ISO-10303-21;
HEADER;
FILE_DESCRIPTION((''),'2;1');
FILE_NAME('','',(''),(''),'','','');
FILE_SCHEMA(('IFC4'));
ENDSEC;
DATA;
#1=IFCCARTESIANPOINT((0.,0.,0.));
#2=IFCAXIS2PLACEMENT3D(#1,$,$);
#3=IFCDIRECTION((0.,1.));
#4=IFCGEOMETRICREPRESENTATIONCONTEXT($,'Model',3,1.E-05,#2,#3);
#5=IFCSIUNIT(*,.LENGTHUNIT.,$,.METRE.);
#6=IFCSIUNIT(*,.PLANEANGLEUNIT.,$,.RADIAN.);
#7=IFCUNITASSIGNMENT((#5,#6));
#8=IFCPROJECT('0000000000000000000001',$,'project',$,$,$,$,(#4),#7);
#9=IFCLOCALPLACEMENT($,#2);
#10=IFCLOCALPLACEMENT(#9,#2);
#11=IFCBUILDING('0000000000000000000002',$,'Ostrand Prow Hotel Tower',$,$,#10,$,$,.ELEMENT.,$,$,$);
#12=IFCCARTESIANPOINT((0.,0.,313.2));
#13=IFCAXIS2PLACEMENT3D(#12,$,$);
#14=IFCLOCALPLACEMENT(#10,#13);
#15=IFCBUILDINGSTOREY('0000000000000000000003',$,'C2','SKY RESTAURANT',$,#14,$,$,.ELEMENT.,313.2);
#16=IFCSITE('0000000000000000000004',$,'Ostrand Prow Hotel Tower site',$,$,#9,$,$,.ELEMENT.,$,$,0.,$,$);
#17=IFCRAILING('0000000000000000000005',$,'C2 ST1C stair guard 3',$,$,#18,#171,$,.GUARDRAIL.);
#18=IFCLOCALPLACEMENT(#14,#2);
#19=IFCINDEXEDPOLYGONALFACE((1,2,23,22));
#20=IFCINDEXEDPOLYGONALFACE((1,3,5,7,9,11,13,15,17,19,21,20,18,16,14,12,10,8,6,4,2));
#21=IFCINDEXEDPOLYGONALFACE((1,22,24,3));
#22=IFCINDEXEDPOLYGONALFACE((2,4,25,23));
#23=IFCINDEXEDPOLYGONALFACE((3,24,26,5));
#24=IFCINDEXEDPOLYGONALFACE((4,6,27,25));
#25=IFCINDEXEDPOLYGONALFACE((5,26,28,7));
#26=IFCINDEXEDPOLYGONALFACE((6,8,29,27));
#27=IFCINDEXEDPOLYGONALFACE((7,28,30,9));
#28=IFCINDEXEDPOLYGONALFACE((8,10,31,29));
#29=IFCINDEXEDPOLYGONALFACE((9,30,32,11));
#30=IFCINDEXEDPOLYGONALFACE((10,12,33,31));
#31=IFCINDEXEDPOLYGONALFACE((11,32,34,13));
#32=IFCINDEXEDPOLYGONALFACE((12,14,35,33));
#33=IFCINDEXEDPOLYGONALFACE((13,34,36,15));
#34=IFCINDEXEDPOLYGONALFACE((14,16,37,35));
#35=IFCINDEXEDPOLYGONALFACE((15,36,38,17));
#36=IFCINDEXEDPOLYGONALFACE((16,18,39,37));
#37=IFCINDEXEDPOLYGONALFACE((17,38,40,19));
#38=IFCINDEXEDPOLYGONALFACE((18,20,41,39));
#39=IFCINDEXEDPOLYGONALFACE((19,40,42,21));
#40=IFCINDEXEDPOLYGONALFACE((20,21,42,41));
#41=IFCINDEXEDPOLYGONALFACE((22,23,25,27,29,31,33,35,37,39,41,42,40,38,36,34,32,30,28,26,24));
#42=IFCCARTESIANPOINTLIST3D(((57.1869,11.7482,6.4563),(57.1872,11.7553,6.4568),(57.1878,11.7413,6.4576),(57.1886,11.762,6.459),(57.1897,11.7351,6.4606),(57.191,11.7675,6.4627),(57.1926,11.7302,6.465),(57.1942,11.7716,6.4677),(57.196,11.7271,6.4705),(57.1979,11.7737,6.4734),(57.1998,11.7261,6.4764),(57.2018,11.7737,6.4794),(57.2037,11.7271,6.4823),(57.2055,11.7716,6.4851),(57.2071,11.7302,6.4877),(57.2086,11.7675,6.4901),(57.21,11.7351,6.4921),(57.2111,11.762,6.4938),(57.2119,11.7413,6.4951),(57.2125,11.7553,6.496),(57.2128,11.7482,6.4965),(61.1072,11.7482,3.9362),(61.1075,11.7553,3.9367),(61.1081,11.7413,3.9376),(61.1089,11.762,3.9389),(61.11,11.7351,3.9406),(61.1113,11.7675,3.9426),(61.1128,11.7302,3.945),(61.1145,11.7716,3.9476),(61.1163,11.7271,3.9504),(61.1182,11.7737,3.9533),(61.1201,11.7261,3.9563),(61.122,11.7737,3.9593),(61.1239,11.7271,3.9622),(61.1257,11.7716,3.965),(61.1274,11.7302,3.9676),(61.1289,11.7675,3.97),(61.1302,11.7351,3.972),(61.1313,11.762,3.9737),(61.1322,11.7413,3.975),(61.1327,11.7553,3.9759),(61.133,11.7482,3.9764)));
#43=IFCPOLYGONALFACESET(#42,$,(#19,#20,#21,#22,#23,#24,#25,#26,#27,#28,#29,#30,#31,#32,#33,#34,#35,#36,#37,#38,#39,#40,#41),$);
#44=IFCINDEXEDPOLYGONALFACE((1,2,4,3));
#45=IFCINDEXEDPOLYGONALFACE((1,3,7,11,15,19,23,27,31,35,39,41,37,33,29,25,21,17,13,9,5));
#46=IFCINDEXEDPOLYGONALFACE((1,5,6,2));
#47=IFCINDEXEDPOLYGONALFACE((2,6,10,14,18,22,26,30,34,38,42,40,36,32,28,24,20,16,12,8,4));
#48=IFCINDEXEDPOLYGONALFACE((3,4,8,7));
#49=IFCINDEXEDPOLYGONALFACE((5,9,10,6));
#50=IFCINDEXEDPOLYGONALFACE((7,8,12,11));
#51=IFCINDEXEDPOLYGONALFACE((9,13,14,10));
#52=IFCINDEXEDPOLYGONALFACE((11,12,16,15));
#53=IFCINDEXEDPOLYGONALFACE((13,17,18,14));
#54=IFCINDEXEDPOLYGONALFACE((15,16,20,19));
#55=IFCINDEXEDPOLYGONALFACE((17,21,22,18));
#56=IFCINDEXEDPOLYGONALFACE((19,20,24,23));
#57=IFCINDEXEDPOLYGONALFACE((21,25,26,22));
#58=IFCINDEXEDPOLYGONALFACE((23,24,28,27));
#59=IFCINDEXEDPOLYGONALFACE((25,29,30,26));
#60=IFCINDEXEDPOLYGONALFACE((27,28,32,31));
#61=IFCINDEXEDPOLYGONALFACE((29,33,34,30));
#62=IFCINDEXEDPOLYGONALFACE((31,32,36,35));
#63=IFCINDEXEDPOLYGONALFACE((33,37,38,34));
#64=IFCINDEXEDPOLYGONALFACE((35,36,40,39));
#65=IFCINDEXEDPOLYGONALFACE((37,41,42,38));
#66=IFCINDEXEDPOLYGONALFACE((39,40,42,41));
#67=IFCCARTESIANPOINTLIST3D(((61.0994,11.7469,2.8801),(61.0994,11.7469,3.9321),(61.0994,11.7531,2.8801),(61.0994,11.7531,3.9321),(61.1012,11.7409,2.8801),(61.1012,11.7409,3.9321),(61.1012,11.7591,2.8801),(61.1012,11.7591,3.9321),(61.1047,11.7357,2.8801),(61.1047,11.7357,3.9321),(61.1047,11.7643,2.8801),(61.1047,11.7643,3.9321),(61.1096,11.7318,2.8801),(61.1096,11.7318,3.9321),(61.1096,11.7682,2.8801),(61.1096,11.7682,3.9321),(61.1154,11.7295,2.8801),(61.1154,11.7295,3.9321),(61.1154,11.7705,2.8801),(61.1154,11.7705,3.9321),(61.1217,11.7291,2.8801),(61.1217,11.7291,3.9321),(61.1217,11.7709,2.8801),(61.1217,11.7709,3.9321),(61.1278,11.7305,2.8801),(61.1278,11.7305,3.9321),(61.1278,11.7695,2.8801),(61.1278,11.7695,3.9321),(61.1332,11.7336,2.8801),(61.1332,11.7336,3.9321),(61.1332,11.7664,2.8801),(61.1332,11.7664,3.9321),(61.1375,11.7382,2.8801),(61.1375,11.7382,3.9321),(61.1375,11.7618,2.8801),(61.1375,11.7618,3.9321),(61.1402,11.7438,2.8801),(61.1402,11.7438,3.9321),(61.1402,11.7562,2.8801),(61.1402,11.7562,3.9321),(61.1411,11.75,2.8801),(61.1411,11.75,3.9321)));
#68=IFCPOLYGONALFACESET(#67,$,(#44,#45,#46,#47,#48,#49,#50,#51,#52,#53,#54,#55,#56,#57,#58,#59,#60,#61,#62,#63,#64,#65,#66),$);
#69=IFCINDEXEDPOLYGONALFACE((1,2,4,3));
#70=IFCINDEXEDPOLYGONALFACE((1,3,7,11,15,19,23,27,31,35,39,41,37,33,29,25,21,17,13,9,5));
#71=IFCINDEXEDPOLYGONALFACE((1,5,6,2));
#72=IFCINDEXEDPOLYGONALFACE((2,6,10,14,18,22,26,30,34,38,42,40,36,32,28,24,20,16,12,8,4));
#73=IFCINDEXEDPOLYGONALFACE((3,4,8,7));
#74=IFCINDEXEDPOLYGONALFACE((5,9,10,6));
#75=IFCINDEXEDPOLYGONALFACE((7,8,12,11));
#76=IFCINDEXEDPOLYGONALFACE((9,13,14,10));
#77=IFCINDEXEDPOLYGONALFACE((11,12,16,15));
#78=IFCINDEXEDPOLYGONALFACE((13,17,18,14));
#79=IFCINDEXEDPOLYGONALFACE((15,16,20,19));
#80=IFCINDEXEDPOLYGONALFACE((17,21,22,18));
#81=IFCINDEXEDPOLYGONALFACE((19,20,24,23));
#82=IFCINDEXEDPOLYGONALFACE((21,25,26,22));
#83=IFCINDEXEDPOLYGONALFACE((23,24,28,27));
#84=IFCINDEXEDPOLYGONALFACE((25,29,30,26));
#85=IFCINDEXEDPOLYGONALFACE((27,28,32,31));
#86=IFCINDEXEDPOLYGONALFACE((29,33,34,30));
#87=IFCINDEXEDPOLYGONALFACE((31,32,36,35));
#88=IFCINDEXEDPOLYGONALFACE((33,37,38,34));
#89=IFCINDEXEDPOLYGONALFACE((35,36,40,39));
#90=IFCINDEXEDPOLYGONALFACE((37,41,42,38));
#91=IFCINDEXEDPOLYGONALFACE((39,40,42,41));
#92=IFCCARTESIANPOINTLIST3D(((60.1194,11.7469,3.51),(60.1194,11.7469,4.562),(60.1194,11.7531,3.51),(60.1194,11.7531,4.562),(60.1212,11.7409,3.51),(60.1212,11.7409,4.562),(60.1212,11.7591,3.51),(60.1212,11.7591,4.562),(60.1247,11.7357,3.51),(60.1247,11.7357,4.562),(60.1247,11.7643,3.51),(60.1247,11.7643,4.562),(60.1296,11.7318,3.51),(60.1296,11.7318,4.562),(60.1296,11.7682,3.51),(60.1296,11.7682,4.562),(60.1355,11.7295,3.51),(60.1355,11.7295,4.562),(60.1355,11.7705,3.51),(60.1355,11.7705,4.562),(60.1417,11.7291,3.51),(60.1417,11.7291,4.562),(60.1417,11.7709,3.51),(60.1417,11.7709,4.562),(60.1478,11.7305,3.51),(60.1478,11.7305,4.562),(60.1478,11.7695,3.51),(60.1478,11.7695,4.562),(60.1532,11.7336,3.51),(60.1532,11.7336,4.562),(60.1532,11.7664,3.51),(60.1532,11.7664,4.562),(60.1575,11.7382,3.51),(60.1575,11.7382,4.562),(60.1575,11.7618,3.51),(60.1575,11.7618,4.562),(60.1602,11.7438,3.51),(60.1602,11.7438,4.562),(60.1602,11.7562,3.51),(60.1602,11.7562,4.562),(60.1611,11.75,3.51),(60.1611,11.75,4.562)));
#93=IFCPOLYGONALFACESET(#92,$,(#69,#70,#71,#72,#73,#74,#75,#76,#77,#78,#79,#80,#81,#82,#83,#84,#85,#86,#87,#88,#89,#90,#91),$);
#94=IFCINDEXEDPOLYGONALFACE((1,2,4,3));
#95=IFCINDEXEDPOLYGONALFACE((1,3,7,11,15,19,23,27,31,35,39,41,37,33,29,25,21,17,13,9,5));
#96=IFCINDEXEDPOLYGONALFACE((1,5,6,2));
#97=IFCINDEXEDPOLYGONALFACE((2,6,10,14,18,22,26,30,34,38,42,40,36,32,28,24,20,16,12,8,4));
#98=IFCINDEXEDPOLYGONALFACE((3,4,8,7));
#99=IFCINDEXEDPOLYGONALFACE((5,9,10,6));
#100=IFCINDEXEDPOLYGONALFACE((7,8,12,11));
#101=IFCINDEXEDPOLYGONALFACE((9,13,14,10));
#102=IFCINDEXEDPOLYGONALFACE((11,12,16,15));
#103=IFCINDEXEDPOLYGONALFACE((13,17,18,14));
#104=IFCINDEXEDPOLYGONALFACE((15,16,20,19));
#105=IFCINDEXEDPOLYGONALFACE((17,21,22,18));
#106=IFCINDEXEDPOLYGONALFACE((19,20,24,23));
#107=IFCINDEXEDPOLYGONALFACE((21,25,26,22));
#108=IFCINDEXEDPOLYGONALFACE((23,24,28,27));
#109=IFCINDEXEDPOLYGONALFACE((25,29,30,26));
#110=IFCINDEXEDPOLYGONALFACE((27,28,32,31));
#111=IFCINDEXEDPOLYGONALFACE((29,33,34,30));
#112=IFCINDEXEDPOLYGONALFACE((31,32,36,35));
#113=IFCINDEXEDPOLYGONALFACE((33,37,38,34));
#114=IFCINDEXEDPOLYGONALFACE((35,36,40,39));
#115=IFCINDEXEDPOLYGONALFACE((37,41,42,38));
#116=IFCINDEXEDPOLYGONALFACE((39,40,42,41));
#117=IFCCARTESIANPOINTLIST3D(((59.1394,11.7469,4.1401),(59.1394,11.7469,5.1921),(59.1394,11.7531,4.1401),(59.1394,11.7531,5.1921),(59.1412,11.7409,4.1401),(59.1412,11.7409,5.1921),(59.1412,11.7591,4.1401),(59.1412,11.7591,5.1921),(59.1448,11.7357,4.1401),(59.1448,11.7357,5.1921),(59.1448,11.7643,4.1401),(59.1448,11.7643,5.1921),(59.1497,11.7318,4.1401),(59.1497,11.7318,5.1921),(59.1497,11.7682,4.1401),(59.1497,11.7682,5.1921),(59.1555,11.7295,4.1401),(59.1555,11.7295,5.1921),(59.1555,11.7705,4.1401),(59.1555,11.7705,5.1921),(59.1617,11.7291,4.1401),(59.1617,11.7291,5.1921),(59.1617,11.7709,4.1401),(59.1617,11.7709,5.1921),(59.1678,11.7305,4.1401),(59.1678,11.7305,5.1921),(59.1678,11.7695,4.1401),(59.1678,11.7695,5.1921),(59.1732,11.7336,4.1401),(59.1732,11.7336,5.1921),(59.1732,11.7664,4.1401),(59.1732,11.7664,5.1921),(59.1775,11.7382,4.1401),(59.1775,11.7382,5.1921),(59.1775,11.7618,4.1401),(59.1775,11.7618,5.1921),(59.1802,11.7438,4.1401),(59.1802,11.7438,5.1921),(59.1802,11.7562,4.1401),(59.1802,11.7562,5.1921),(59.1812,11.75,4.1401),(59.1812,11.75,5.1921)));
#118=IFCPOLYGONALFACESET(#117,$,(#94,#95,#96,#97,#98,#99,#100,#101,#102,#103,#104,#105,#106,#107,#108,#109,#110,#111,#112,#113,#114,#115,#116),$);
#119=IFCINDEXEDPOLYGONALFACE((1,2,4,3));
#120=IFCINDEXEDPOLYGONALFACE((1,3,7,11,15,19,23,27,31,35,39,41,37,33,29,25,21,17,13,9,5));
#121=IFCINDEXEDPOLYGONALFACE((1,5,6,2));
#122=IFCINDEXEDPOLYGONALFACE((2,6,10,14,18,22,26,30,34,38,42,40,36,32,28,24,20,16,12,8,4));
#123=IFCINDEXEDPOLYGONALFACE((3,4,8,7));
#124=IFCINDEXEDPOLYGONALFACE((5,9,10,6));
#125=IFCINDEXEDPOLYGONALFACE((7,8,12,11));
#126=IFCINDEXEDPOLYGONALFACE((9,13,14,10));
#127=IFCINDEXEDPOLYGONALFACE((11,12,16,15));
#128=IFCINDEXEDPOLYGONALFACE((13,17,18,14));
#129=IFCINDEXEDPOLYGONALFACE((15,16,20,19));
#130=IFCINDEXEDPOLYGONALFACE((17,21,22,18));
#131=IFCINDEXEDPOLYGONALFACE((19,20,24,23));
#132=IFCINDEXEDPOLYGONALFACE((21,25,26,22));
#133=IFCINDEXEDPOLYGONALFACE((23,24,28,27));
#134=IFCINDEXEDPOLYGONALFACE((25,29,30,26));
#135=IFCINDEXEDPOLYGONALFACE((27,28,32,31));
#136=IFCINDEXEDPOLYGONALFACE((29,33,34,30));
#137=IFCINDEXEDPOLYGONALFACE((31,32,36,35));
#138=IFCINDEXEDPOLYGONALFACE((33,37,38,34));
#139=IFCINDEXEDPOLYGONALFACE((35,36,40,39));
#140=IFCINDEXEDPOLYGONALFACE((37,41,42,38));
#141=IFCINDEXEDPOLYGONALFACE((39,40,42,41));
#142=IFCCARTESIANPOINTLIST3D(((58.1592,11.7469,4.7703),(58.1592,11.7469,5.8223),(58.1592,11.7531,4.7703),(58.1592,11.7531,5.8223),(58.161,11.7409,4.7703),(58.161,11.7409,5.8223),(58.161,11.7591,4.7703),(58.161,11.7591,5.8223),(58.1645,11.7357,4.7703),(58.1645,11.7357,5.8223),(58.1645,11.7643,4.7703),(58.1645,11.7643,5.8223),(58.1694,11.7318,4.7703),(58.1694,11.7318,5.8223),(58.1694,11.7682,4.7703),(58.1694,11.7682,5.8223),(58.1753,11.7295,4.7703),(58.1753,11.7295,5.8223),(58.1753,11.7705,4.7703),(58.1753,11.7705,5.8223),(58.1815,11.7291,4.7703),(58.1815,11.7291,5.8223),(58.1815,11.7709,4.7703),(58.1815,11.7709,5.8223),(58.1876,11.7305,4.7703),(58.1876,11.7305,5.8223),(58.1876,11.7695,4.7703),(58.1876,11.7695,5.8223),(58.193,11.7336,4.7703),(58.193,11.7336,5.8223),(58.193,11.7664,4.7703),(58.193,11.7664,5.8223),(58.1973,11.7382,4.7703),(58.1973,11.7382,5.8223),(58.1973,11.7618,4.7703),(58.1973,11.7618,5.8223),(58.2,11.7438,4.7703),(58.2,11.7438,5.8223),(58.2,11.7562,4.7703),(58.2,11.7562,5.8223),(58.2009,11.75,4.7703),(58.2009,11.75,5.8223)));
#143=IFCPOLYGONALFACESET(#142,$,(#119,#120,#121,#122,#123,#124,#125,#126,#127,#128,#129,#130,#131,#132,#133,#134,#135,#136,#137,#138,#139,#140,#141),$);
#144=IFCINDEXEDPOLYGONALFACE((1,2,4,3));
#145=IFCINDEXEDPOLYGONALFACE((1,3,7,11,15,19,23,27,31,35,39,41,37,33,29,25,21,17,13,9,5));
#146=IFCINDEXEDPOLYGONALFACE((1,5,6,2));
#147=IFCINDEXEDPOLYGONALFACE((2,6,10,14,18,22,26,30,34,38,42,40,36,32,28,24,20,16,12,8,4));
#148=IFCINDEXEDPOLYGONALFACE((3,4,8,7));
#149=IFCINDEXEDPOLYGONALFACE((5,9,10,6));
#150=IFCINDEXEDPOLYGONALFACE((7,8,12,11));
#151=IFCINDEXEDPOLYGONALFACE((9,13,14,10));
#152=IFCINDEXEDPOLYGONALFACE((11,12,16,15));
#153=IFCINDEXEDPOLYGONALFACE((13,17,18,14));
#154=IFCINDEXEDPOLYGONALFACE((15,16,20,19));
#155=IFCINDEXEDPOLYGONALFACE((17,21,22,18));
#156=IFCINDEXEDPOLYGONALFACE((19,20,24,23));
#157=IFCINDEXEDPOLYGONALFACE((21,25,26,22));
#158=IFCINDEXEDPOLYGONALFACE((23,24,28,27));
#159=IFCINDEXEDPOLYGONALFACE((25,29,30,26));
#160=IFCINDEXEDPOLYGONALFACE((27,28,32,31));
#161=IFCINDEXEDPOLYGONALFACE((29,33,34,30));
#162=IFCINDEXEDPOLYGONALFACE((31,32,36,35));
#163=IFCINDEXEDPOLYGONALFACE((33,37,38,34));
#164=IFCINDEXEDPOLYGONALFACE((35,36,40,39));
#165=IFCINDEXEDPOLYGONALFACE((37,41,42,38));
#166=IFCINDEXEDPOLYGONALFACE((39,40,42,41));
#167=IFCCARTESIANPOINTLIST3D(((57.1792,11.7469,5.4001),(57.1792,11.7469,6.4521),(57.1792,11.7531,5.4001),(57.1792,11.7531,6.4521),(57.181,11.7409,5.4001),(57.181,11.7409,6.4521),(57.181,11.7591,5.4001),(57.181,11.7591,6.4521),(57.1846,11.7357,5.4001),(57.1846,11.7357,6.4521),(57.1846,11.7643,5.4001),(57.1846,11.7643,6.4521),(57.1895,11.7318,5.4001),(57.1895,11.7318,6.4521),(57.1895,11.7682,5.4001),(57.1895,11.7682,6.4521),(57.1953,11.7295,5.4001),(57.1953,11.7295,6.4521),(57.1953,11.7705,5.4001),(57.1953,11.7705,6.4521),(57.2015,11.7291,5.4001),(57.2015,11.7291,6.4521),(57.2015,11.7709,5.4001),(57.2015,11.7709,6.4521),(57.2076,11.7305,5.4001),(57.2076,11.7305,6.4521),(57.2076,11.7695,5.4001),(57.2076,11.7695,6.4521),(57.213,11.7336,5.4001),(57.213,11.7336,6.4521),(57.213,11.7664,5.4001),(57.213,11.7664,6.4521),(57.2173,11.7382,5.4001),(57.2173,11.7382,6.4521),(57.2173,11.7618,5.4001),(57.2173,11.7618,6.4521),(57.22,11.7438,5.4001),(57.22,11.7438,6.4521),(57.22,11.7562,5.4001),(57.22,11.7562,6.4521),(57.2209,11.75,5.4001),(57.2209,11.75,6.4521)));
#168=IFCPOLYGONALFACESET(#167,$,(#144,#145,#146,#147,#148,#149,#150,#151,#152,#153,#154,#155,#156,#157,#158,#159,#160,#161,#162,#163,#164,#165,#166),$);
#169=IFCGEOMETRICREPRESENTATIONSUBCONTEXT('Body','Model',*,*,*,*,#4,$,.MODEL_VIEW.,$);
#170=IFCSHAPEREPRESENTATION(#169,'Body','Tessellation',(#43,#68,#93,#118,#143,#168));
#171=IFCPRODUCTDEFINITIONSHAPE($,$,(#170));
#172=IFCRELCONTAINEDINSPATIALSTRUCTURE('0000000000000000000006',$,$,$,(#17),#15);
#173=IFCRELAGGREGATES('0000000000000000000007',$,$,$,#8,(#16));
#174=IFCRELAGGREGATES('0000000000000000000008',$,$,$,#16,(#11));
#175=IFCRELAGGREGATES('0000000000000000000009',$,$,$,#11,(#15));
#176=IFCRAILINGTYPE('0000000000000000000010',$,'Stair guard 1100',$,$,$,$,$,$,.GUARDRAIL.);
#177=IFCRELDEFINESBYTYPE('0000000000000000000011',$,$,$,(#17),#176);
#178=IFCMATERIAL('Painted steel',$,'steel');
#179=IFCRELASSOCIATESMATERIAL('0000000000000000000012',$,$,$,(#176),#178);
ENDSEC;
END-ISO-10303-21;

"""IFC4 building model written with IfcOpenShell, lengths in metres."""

from ifc_helpers import new_model, si_unit, direction, frame, origin, origin_2d, place, context, subcontext, project, spatial, circle, extrude, material, type_object, element, save


model = new_model("IFC4")

# Units and contexts
model_context = context("Model", 3, precision=1e-05, world=origin(), true_north=direction((0.0, 1.0)))
body_context = subcontext(model_context, "Body", "Model", "MODEL_VIEW")
ifc_project = project(units=[si_unit("LENGTHUNIT", "METRE"), si_unit("PLANEANGLEUNIT", "RADIAN")], contexts=[model_context])

# Site, building, storey
site_placement = place(None, origin())
site = spatial("IfcSite", under=ifc_project, at=site_placement, Name="Ostrand Prow Hotel Tower site", CompositionType="ELEMENT", RefElevation=0.0)
building_placement = place(site_placement, origin())
building = spatial("IfcBuilding", under=site, at=building_placement, Name="Ostrand Prow Hotel Tower", CompositionType="ELEMENT")
storey_placement = place(building_placement, frame((0.0, 0.0, 313.2)))
storey = spatial("IfcBuildingStorey", under=building, at=storey_placement, Name="C2", Description="SKY RESTAURANT", CompositionType="ELEMENT", Elevation=313.2)

# Railing
ifc_material_1 = material(Name="Painted steel", Category="steel")
railing_type_1 = type_object("IfcRailingType", Name="Stair guard 1100", PredefinedType="GUARDRAIL", material=ifc_material_1)
railing_1_placement = place(storey_placement, frame((61.1201, 11.75, 2.8801)))
element("IfcRailing", 1, at=railing_1_placement, inside=storey, type_object=railing_type_1, Name="C2 ST1C stair guard 3", PredefinedType="GUARDRAIL", context=body_context, shape_type="SweptSolid", body=[
    extrude(circle(Radius=0.0239, at=origin_2d()), frame((0.0, 0.0, 1.0762), z_axis=(-0.841187, 0.0, 0.540744), x_axis=(0.0, -1.0, 0.0)), (0.0, 0.0, 1.0), 4.6604),
    extrude(circle(Radius=0.021, at=origin_2d()), origin(), (0.0, 0.0, 1.0), 1.052),
    extrude(circle(Radius=0.021, at=origin_2d()), frame((-0.98, 0.0, 0.6299)), (0.0, 0.0, 1.0), 1.052),
    extrude(circle(Radius=0.021, at=origin_2d()), frame((-1.96, 0.0, 1.26)), (0.0, 0.0, 1.0), 1.052),
    extrude(circle(Radius=0.021, at=origin_2d()), frame((-2.9402, 0.0, 1.8901)), (0.0, 0.0, 1.0), 1.052),
    extrude(circle(Radius=0.021, at=origin_2d()), frame((-3.9202, 0.0, 2.52)), (0.0, 0.0, 1.0), 1.052),
])

save(model, "model.ifc")
